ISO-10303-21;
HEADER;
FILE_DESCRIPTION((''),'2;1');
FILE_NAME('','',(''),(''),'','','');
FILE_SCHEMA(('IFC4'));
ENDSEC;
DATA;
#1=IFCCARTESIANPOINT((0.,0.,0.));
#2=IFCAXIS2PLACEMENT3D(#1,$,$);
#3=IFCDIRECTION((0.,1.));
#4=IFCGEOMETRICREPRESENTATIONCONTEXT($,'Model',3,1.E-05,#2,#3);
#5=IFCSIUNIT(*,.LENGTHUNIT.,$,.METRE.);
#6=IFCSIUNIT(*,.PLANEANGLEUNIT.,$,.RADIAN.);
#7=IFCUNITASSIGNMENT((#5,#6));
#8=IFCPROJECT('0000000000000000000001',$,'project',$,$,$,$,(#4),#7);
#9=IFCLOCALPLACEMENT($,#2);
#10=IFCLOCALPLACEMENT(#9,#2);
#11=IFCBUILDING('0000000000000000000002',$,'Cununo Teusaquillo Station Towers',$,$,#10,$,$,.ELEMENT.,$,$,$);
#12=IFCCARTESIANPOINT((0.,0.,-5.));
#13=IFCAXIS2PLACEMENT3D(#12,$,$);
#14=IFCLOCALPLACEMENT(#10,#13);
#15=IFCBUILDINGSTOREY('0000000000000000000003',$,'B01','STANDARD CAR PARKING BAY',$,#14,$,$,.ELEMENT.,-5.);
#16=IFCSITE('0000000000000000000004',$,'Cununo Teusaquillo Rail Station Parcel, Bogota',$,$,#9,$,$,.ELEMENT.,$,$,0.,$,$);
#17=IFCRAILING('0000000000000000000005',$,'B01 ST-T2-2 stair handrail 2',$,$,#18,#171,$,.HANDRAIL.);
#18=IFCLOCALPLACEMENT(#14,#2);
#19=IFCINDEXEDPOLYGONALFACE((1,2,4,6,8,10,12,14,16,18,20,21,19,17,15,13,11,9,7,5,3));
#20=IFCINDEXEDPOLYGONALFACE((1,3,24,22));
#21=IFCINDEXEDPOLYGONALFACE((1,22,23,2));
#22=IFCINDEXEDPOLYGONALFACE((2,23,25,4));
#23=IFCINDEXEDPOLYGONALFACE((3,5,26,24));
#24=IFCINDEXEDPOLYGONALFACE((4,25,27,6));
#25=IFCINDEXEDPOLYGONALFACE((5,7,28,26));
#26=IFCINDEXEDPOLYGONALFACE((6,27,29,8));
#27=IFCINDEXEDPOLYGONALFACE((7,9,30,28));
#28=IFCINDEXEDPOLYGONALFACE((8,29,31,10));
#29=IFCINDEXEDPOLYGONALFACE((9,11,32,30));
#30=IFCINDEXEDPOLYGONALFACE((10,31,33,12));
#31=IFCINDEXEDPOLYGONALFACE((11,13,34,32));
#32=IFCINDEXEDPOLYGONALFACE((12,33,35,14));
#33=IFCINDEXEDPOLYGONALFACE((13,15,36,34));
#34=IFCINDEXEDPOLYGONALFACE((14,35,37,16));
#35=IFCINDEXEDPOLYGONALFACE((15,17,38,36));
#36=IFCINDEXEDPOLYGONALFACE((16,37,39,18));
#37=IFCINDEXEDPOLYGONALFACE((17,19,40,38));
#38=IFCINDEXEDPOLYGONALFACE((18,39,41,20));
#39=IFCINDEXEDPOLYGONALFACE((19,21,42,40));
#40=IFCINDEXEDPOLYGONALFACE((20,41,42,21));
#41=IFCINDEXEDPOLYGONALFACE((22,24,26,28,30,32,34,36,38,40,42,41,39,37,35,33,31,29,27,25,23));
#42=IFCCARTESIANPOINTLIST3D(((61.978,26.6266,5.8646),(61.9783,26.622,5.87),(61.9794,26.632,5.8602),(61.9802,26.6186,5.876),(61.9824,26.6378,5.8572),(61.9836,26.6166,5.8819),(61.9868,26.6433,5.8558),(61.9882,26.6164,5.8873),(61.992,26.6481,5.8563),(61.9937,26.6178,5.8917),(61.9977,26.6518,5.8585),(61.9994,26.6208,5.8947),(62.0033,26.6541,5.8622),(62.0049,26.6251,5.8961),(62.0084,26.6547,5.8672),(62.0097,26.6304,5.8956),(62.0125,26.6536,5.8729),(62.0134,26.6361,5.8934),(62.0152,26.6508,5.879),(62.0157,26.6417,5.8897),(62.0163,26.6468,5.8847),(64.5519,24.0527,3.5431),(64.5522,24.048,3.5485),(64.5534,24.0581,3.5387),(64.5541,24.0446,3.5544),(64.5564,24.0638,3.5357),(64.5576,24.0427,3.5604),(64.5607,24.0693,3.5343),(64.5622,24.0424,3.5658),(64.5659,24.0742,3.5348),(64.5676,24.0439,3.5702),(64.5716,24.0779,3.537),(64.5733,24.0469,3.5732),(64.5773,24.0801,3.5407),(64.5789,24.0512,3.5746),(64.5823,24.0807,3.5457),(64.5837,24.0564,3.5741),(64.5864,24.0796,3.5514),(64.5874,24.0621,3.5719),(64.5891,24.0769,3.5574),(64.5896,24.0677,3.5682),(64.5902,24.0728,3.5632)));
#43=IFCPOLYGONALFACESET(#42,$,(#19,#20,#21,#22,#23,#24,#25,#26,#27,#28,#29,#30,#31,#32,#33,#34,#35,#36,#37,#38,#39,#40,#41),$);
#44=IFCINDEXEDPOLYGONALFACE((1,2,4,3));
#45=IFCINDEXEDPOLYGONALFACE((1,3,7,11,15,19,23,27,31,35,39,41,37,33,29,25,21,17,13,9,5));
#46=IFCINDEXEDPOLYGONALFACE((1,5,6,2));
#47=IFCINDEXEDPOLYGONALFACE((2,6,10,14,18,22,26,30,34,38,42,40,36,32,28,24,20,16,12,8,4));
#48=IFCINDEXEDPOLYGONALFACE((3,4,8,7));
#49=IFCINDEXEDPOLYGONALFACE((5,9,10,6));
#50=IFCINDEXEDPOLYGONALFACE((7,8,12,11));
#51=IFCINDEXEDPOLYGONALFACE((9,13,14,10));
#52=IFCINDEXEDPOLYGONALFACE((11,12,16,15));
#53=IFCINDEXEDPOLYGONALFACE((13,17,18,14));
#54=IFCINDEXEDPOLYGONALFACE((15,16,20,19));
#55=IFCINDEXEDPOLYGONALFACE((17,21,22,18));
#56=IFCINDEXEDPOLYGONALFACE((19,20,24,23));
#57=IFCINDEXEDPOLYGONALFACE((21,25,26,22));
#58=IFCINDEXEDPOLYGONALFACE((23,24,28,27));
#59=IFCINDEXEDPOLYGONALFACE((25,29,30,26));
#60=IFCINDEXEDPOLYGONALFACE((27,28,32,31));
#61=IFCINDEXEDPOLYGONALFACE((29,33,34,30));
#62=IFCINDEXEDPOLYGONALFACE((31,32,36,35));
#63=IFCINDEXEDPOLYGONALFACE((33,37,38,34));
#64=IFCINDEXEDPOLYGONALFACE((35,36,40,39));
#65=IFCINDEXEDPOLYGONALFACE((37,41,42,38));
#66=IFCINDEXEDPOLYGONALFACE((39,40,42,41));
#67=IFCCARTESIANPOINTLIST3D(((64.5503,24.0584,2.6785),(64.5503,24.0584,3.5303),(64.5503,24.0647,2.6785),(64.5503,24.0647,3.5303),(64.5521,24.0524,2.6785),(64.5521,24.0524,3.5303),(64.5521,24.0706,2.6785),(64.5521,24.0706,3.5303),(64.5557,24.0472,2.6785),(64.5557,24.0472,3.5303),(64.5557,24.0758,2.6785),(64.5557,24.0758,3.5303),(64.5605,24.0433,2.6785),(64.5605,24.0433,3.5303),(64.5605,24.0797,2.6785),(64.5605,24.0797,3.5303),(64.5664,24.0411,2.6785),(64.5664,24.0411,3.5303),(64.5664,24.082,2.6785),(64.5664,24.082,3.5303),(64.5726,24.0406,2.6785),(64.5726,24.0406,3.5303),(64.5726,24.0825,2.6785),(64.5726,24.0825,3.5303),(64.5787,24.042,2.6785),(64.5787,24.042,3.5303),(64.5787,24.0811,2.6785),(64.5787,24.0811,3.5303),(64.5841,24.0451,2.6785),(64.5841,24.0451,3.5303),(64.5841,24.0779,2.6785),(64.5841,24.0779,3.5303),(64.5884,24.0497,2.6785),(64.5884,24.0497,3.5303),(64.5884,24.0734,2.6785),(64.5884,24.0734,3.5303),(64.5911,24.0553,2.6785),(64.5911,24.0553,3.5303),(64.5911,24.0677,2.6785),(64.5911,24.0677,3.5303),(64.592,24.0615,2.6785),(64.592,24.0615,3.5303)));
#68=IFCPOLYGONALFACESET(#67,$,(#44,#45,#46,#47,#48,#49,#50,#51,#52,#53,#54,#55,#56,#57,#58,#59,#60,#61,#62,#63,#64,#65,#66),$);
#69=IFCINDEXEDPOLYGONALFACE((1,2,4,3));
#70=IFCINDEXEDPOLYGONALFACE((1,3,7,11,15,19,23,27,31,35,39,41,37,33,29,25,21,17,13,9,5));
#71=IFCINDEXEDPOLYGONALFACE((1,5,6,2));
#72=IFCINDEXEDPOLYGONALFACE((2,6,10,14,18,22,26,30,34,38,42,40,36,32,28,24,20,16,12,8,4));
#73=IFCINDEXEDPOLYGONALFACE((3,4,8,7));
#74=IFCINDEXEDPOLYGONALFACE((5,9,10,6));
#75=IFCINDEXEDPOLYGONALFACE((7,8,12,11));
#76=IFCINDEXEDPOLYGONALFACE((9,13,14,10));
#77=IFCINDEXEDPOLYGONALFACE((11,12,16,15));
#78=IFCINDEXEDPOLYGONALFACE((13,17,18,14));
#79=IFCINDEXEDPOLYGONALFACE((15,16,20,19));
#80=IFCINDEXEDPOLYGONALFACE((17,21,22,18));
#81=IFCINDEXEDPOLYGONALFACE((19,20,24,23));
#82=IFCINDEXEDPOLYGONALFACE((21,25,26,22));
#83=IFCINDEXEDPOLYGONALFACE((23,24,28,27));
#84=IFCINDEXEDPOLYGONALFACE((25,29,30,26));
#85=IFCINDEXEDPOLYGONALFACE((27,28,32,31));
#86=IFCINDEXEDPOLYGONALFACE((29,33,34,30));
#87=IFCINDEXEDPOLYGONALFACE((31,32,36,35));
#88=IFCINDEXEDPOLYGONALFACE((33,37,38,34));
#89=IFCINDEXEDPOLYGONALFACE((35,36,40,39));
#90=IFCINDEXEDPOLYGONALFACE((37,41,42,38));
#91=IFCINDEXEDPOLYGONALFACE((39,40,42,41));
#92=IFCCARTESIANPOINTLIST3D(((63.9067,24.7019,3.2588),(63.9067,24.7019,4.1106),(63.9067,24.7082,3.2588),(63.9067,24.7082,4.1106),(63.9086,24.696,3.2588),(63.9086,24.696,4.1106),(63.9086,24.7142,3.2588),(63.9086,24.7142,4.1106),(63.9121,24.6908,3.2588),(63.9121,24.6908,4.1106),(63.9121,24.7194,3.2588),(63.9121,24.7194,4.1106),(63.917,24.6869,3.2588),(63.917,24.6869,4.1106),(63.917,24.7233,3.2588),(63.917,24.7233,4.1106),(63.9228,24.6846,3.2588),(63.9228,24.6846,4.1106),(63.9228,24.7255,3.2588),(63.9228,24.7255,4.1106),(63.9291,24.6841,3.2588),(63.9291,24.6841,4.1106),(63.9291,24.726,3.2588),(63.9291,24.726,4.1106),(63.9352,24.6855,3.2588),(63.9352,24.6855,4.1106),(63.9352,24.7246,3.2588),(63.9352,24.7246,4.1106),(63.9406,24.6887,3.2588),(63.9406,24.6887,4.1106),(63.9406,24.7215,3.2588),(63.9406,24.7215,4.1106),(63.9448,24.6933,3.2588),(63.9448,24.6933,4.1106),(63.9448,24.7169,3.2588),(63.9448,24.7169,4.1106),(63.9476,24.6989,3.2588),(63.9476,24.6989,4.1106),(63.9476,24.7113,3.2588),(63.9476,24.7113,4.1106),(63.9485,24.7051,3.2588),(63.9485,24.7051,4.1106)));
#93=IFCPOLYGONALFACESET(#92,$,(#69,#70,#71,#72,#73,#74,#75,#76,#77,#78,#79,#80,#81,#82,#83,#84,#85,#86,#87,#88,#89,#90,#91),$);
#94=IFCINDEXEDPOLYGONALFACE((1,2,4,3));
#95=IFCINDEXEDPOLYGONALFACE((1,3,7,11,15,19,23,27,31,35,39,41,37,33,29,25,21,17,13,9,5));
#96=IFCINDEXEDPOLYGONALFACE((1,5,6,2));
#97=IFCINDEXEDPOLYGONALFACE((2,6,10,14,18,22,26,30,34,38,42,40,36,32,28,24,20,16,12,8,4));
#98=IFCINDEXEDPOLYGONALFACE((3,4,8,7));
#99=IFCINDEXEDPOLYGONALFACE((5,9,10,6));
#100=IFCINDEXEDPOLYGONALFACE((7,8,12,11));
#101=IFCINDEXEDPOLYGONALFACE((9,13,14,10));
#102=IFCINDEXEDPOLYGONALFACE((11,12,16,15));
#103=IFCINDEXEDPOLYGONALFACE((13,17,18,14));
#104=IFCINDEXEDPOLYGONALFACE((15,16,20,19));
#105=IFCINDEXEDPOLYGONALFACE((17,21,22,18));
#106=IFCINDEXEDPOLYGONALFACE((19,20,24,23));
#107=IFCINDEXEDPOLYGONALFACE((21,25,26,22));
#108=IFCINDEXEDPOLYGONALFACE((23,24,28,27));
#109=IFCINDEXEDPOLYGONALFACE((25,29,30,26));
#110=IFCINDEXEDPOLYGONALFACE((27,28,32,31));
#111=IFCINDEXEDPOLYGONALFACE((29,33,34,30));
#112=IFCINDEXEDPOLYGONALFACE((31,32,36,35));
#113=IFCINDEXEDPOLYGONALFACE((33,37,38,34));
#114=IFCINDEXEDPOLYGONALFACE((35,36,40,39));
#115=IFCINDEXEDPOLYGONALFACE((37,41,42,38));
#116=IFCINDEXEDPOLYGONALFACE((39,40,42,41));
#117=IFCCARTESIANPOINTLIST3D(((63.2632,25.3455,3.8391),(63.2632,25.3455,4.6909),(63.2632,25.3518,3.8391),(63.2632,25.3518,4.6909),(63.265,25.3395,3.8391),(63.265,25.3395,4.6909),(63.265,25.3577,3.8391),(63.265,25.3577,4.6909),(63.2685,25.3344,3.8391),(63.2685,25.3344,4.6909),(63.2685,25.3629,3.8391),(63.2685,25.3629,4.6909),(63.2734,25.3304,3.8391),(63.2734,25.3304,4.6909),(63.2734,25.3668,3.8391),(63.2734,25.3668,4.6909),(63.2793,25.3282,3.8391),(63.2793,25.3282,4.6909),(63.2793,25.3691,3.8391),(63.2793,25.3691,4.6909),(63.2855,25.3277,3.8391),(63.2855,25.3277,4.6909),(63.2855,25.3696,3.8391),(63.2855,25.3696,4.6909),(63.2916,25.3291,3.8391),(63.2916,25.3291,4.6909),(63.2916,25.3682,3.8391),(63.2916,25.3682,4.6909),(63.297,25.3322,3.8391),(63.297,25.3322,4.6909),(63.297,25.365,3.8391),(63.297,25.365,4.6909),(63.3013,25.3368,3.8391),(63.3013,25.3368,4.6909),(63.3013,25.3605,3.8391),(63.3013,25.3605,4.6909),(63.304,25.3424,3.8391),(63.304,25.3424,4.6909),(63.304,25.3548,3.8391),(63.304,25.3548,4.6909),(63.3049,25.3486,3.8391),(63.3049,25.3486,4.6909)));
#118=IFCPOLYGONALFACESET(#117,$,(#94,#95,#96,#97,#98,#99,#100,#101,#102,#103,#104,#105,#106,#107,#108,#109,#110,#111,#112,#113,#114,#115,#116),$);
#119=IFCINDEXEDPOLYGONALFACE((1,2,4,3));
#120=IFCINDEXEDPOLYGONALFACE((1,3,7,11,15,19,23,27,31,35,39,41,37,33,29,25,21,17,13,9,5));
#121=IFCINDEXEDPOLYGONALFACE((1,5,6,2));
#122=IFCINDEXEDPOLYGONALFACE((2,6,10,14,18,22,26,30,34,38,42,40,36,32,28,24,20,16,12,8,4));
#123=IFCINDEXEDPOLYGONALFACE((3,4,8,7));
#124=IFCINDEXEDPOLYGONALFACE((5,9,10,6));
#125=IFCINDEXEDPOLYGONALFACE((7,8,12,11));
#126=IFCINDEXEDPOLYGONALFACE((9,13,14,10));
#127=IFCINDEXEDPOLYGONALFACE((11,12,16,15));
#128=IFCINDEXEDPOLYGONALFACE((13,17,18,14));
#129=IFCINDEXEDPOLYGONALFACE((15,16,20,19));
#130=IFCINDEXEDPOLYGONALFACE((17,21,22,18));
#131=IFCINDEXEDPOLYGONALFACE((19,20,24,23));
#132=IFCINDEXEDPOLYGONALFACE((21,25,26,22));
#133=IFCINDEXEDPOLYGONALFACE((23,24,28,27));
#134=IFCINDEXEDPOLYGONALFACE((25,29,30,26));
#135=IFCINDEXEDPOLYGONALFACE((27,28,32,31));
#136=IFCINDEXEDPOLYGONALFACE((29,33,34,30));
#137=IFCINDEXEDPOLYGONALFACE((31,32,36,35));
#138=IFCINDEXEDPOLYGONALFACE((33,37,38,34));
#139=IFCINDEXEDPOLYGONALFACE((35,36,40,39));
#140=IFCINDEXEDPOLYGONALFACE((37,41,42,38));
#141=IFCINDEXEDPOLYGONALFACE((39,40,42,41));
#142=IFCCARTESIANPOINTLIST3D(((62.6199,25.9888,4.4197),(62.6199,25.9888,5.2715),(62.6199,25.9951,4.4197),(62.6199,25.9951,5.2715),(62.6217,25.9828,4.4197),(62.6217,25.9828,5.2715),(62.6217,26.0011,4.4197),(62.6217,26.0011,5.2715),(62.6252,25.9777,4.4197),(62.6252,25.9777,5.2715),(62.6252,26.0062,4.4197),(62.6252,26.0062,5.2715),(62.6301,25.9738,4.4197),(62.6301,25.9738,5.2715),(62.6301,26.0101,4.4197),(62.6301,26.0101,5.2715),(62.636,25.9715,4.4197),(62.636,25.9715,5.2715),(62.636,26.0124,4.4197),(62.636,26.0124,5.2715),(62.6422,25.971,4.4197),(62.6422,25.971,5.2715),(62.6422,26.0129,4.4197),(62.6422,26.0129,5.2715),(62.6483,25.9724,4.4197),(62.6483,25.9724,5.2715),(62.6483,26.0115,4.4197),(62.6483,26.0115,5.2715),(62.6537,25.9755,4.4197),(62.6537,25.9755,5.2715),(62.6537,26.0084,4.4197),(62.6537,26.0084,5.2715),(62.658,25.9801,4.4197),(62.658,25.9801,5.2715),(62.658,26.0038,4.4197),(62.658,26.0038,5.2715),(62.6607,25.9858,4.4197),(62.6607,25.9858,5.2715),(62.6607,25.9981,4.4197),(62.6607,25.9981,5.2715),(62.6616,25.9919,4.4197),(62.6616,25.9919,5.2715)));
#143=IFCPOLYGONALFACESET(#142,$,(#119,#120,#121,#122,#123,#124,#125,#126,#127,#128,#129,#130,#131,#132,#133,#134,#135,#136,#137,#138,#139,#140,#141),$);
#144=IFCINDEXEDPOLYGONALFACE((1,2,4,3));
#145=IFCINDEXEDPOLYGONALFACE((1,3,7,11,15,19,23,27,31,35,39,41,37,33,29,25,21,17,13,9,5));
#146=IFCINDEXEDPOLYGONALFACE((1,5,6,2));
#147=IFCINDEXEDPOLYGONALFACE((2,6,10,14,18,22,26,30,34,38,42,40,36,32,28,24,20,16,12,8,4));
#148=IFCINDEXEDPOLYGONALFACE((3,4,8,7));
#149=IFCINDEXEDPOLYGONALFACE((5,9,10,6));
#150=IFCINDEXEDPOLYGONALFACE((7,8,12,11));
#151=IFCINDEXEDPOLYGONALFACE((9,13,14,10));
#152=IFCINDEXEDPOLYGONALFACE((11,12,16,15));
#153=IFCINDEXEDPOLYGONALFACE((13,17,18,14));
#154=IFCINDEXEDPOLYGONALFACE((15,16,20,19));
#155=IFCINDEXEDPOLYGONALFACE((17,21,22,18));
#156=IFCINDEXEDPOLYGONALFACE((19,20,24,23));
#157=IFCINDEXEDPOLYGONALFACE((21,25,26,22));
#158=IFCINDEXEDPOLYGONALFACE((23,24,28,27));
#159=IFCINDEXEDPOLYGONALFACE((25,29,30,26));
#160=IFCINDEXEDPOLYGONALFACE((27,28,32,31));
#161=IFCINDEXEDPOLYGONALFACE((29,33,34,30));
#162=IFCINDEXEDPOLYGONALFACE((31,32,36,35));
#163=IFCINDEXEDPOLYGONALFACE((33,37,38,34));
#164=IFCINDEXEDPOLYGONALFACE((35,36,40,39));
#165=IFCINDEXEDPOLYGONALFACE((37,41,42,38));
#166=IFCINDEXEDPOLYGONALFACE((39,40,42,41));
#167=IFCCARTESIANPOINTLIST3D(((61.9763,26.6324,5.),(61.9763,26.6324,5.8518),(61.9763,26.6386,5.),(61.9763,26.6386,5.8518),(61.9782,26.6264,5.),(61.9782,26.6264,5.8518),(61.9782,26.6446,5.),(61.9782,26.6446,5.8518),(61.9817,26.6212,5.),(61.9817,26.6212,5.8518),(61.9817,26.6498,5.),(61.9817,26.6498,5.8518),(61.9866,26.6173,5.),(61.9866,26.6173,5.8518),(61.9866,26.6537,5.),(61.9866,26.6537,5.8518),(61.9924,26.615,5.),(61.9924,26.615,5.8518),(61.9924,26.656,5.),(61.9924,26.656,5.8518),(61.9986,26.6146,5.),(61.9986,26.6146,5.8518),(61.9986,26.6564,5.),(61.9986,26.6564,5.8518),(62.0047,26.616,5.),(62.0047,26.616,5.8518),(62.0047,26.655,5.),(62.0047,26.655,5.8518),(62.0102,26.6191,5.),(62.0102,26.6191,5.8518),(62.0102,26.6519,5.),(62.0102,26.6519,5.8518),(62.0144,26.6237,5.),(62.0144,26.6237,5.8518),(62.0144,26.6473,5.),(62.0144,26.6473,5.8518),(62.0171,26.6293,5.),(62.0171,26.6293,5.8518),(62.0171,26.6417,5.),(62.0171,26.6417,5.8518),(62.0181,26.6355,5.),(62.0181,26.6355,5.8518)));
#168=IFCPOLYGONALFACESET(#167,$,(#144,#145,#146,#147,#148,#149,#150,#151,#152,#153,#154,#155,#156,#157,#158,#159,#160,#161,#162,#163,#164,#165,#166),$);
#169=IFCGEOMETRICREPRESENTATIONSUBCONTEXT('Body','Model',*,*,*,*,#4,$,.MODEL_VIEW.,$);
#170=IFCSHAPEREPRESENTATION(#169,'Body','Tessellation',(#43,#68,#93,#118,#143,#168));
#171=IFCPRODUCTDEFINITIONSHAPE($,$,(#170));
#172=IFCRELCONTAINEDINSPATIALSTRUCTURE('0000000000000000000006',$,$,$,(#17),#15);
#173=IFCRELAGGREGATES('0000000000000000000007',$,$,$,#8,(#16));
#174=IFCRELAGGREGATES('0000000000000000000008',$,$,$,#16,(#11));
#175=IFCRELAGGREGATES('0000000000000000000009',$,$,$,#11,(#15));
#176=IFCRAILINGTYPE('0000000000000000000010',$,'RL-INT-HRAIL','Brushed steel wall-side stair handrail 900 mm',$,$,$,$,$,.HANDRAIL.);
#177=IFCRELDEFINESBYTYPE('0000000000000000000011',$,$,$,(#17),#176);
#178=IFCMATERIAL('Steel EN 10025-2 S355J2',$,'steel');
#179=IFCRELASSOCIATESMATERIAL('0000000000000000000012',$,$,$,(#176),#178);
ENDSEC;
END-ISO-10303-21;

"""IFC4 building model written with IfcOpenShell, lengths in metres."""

from ifc_helpers import new_model, si_unit, direction, frame, origin, origin_2d, place, context, subcontext, project, spatial, circle, extrude, material, type_object, element, save


model = new_model("IFC4")

# Units and contexts
model_context = context("Model", 3, precision=1e-05, world=origin(), true_north=direction((0.0, 1.0)))
body_context = subcontext(model_context, "Body", "Model", "MODEL_VIEW")
ifc_project = project(units=[si_unit("LENGTHUNIT", "METRE"), si_unit("PLANEANGLEUNIT", "RADIAN")], contexts=[model_context])

# Site, building, storey
site_placement = place(None, origin())
site = spatial("IfcSite", under=ifc_project, at=site_placement, Name="Cununo Teusaquillo Rail Station Parcel, Bogota", CompositionType="ELEMENT", RefElevation=0.0)
building_placement = place(site_placement, origin())
building = spatial("IfcBuilding", under=site, at=building_placement, Name="Cununo Teusaquillo Station Towers", CompositionType="ELEMENT")
storey_placement = place(building_placement, frame((0.0, 0.0, -5.0)))
storey = spatial("IfcBuildingStorey", under=building, at=storey_placement, Name="B01", Description="STANDARD CAR PARKING BAY", CompositionType="ELEMENT", Elevation=-5.0)

# Railing
ifc_material_1 = material(Name="Steel EN 10025-2 S355J2", Category="steel")
railing_type_1 = type_object("IfcRailingType", Name="RL-INT-HRAIL", Description="Brushed steel wall-side stair handrail 900 mm", PredefinedType="HANDRAIL", material=ifc_material_1)
railing_1_placement = place(storey_placement, frame((64.571, 24.0615, 2.6785)))
element("IfcRailing", 1, at=railing_1_placement, inside=storey, type_object=railing_type_1, Name="B01 ST-T2-2 stair handrail 2", PredefinedType="HANDRAIL", context=body_context, shape_type="SweptSolid", body=[
    extrude(circle(Radius=0.0239, at=origin_2d()), frame((0.0, 0.0, 0.876), z_axis=(-0.596182, 0.596182, 0.537712), x_axis=(-0.707107, -0.707107, 0.0)), (0.0, 0.0, 1.0), 4.3174),
    extrude(circle(Radius=0.021, at=origin_2d()), origin(), (0.0, 0.0, 1.0), 0.8518),
    extrude(circle(Radius=0.021, at=origin_2d()), frame((-0.6436, 0.6436, 0.5803)), (0.0, 0.0, 1.0), 0.8518),
    extrude(circle(Radius=0.021, at=origin_2d()), frame((-1.2871, 1.2871, 1.1606)), (0.0, 0.0, 1.0), 0.8518),
    extrude(circle(Radius=0.021, at=origin_2d()), frame((-1.9304, 1.9304, 1.7412)), (0.0, 0.0, 1.0), 0.8518),
    extrude(circle(Radius=0.021, at=origin_2d()), frame((-2.574, 2.574, 2.3215)), (0.0, 0.0, 1.0), 0.8518),
])

save(model, "model.ifc")
